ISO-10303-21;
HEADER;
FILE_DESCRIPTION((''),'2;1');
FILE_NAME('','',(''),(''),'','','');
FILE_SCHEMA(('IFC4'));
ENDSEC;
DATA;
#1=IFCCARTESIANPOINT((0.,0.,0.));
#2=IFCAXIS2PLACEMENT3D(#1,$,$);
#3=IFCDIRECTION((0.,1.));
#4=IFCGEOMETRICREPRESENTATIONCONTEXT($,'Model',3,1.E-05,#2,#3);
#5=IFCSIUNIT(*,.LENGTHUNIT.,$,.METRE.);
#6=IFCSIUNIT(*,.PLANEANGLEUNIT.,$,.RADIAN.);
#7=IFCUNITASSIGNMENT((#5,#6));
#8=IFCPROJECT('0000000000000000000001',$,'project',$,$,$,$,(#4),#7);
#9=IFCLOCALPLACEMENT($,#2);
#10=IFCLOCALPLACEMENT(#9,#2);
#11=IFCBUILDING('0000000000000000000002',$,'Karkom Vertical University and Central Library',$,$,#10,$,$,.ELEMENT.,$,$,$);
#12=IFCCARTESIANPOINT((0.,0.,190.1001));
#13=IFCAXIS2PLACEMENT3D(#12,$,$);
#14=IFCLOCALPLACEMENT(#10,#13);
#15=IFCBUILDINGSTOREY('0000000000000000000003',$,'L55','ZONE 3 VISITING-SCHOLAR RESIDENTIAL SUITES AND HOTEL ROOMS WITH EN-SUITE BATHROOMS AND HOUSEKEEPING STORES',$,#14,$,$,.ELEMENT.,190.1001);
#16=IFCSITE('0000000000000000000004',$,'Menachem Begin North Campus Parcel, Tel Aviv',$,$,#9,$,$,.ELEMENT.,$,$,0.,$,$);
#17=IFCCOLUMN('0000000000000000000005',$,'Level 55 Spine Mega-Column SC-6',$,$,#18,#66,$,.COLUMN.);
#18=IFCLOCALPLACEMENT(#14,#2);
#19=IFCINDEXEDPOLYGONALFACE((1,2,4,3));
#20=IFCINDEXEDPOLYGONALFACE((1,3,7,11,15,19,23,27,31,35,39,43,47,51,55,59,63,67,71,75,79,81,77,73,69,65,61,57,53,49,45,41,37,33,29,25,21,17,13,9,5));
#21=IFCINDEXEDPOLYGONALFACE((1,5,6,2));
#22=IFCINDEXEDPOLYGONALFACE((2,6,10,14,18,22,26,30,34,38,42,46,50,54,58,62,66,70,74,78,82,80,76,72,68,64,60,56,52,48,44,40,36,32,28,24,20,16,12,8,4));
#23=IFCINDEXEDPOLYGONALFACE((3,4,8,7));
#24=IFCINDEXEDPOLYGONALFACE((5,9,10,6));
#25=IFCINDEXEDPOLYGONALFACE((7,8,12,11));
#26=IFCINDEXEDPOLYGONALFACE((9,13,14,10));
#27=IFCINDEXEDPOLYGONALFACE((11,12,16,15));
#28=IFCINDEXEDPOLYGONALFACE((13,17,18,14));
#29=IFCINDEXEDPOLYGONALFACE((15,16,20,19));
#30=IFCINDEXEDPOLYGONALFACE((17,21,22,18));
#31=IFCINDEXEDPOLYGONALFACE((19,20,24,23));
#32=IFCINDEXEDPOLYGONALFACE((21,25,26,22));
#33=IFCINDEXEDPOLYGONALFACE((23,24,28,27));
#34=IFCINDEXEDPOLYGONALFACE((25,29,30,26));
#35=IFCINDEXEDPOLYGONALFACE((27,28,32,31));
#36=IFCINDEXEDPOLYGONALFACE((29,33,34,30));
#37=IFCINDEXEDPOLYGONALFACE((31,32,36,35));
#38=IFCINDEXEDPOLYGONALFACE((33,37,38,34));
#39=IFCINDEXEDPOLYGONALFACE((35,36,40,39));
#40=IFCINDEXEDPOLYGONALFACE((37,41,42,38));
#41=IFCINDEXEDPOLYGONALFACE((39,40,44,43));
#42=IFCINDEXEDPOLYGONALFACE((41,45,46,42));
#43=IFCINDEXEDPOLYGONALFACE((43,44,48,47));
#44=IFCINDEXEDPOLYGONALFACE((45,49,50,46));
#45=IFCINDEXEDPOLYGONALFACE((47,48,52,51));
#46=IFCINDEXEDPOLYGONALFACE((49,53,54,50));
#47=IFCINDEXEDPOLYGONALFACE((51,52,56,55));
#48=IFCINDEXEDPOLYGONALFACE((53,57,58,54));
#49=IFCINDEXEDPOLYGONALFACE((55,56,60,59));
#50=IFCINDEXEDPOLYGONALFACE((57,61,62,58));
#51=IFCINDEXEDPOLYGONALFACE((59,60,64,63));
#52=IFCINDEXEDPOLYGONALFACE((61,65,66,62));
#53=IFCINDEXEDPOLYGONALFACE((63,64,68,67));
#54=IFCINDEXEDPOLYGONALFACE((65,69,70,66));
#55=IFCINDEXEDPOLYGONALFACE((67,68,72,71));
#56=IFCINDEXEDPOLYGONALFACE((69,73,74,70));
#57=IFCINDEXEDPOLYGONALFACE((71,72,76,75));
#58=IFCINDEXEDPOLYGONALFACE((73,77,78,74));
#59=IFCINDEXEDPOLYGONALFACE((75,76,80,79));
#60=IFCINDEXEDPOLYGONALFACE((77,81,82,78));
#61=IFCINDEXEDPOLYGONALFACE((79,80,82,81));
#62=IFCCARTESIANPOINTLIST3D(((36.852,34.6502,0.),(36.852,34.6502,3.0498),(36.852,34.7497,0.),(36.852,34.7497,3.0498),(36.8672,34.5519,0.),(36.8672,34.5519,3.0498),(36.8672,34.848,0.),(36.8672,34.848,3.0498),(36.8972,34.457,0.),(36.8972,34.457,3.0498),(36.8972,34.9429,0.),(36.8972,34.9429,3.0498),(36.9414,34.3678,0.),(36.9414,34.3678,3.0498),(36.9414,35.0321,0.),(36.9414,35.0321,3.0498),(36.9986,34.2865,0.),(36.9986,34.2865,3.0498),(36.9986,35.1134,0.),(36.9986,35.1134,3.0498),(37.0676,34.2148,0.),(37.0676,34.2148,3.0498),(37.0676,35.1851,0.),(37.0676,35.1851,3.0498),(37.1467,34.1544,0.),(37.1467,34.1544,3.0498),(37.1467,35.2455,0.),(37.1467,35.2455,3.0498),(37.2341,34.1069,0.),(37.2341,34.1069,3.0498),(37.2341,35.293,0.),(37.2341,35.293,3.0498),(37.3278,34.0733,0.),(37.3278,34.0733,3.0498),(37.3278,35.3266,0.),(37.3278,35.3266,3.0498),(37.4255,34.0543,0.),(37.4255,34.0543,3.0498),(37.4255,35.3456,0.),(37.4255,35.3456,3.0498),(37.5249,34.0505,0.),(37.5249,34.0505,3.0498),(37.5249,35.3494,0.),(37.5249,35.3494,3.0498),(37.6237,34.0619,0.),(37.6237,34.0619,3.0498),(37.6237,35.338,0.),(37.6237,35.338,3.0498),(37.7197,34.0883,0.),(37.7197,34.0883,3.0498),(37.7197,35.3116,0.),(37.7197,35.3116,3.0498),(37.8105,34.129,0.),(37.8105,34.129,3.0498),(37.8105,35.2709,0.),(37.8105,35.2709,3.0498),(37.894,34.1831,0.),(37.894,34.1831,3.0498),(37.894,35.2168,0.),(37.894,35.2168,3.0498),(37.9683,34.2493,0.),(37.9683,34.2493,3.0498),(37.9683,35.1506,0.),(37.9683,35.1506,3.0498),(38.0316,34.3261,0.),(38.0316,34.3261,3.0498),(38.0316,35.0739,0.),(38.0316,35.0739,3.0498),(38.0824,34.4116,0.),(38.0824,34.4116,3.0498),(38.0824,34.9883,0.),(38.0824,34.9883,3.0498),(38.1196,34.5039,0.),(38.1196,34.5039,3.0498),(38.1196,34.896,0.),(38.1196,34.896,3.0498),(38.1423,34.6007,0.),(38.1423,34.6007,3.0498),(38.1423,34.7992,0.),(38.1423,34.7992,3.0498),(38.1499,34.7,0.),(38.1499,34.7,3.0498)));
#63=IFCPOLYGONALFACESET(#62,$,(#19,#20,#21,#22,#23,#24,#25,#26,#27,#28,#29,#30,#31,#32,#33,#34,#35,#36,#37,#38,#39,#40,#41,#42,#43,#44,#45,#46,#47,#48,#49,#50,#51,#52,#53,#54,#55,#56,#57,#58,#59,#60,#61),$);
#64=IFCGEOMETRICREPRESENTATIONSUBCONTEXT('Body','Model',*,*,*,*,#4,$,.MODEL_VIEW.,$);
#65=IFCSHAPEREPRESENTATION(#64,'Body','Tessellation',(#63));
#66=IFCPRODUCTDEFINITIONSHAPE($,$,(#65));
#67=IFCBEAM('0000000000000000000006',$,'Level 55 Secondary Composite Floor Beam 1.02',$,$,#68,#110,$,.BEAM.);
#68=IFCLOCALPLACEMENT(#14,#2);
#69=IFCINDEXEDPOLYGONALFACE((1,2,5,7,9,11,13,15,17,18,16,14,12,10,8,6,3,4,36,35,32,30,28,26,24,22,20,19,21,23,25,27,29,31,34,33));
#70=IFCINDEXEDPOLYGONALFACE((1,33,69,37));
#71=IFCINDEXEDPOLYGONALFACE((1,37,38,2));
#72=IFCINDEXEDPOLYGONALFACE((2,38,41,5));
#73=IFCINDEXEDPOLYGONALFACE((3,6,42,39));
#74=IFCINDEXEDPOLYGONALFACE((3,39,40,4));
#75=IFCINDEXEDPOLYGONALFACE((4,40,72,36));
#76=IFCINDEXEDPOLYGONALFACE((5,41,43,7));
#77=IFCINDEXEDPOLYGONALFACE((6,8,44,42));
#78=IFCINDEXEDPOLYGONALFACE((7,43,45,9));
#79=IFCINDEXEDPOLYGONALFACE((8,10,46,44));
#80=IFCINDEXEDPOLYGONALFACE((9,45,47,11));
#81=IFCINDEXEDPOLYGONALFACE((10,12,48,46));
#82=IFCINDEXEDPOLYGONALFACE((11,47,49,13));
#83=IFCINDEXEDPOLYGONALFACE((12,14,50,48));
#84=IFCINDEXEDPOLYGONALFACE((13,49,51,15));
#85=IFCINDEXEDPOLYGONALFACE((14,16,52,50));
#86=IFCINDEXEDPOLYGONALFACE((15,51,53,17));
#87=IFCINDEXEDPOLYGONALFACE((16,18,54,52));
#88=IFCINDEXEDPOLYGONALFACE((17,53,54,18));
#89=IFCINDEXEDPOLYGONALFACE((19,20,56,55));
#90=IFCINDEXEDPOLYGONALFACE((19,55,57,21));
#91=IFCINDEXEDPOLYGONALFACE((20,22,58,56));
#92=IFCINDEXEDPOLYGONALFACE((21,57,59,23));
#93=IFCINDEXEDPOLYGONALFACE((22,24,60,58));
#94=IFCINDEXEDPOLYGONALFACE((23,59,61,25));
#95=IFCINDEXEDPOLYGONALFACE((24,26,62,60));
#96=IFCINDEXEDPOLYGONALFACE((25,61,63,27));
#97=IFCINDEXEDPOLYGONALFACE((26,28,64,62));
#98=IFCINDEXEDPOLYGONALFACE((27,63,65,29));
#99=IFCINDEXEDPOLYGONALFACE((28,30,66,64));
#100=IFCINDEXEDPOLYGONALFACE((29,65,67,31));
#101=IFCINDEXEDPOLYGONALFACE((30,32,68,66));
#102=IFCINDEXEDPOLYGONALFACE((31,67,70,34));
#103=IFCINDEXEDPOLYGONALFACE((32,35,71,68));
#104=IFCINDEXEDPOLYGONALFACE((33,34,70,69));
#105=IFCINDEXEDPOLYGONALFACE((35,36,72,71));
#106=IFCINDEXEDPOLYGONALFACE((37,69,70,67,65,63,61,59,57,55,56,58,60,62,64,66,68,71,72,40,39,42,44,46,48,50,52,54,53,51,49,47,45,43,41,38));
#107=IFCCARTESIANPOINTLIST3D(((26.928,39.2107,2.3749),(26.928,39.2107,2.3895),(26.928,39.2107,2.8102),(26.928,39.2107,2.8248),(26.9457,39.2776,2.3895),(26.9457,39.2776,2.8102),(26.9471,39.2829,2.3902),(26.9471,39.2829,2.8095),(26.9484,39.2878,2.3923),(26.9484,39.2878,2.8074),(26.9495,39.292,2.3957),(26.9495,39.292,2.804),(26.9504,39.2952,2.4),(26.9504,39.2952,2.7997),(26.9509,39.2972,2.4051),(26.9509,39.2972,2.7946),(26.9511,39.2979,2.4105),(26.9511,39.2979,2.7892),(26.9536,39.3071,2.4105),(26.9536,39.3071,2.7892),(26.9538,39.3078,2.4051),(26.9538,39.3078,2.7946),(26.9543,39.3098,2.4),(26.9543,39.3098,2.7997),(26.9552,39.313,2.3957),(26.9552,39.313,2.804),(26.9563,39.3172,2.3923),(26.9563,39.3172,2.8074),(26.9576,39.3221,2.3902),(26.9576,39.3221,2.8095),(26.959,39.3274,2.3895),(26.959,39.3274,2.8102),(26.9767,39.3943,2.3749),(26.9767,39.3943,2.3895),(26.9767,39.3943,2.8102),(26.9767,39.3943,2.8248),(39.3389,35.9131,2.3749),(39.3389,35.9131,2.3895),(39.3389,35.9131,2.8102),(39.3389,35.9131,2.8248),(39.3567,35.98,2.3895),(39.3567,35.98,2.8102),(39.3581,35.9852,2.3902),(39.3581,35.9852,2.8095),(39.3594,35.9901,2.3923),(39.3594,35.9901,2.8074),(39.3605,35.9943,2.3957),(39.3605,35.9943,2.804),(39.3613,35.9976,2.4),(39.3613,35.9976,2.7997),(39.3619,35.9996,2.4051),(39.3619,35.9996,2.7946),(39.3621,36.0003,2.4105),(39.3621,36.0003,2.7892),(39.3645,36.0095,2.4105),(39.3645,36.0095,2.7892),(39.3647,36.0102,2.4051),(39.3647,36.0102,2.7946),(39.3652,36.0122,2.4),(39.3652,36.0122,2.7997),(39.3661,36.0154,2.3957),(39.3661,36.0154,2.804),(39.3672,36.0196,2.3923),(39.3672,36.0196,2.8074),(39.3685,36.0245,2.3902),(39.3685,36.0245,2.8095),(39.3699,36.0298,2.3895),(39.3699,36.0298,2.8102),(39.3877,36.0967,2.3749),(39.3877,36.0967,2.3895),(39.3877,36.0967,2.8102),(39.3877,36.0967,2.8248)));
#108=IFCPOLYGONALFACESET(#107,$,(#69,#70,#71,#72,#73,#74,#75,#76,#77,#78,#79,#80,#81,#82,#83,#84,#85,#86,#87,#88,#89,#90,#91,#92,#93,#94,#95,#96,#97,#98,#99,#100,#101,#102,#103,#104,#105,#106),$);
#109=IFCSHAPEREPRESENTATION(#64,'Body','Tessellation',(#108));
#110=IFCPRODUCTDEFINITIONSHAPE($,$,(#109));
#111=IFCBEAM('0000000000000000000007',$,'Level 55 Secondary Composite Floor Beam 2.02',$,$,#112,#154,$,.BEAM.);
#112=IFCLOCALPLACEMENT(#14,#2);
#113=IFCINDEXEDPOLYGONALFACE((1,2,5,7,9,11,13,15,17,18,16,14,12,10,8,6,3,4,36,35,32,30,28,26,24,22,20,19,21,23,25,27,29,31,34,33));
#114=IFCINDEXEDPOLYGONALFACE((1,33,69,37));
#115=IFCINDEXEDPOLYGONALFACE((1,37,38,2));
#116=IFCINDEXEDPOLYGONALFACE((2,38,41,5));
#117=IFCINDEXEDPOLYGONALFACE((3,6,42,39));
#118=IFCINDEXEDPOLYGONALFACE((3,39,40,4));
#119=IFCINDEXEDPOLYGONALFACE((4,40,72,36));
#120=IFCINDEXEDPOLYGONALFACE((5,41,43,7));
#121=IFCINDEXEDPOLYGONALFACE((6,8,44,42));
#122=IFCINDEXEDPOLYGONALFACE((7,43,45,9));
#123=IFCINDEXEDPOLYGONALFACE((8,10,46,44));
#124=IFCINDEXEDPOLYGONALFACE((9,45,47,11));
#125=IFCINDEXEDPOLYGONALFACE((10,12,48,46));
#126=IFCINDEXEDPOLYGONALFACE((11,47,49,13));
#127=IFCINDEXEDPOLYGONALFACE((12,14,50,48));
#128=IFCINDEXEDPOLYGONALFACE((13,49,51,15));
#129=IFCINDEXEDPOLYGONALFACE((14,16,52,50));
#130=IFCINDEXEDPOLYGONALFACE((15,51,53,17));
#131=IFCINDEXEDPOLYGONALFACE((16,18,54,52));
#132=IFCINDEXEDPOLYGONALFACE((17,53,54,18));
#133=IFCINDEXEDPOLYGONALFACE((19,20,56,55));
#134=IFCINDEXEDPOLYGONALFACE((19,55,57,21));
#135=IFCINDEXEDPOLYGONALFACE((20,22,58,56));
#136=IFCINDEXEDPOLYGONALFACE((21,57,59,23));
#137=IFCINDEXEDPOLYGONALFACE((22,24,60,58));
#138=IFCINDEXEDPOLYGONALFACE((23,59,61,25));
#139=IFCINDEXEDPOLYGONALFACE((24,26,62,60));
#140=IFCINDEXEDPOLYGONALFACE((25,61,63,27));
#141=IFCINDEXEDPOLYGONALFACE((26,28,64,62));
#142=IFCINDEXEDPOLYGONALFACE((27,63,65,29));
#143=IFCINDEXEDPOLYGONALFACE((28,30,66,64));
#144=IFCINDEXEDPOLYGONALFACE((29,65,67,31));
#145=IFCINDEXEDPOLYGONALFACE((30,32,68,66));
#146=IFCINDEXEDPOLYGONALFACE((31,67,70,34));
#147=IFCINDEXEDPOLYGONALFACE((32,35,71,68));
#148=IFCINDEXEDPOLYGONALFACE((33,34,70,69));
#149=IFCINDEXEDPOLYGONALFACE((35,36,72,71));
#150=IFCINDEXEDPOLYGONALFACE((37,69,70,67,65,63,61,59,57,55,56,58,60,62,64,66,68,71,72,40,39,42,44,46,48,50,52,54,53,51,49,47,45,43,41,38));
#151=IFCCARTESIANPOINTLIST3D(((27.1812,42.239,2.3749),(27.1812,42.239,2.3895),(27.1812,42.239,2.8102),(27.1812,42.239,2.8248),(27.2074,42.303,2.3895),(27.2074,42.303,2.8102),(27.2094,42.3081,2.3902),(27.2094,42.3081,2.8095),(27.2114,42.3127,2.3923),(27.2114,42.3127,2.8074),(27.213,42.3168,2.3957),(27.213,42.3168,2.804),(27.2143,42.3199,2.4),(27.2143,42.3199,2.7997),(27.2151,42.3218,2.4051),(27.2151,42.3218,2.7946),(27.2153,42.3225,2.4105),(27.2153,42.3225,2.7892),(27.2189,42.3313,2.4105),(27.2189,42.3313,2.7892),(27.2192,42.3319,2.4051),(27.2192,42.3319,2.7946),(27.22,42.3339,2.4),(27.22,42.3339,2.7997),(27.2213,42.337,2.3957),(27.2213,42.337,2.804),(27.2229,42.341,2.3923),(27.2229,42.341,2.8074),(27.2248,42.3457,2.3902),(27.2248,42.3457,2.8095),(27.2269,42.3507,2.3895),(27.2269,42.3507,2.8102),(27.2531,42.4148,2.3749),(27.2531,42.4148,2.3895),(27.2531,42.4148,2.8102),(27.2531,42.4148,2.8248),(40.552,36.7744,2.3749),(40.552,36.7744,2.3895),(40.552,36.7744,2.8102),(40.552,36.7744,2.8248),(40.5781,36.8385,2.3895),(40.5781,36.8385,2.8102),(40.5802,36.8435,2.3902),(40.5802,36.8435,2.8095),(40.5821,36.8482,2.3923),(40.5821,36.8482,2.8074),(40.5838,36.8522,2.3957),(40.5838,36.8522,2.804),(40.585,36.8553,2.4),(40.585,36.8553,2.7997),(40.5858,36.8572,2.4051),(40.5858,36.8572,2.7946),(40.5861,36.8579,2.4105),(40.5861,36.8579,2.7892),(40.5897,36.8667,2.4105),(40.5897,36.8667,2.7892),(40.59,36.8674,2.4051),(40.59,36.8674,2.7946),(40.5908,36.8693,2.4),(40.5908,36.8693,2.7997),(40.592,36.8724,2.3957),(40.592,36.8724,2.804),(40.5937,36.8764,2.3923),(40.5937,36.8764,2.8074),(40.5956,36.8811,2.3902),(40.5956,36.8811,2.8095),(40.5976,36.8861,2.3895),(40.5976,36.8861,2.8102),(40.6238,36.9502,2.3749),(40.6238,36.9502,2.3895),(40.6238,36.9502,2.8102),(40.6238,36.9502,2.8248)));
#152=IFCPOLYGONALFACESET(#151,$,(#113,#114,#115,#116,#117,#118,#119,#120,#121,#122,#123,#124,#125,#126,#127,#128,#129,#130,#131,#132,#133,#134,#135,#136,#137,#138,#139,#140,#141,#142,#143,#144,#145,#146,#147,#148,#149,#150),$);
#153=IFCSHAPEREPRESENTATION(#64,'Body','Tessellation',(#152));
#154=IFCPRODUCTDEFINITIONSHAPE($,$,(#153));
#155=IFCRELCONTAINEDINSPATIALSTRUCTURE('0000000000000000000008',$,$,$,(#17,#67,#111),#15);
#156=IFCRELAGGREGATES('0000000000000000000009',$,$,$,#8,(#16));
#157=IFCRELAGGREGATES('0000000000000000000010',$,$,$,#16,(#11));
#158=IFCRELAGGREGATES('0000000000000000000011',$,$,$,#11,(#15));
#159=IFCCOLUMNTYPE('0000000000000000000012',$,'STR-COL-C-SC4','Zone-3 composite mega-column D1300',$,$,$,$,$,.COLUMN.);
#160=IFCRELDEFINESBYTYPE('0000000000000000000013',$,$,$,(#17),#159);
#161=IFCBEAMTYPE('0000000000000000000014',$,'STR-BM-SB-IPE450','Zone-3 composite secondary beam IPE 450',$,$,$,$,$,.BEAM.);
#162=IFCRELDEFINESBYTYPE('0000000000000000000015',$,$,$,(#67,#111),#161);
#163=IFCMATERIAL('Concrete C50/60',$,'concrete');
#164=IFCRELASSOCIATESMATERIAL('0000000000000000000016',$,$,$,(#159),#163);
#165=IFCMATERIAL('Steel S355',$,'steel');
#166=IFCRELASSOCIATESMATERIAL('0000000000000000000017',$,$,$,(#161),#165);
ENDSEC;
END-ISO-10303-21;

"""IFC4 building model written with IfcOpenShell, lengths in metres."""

from ifc_helpers import new_model, si_unit, direction, frame, origin, origin_with_axes, origin_2d, place, context, subcontext, project, spatial, circle, i_section, extrude, source, transform, mapped, material, material_profile, profile_set, type_object, element, save


model = new_model("IFC4")

# Units and contexts
model_context = context("Model", 3, precision=1e-05, world=origin(), true_north=direction((0.0, 1.0)))
body_context = subcontext(model_context, "Body", "Model", "MODEL_VIEW")
ifc_project = project(units=[si_unit("LENGTHUNIT", "METRE"), si_unit("PLANEANGLEUNIT", "RADIAN")], contexts=[model_context])

# Site, building, storey
site_placement = place(None, origin())
site = spatial("IfcSite", under=ifc_project, at=site_placement, Name="Menachem Begin North Campus Parcel, Tel Aviv", CompositionType="ELEMENT", RefElevation=0.0)
building_placement = place(site_placement, origin())
building = spatial("IfcBuilding", under=site, at=building_placement, Name="Karkom Vertical University and Central Library", CompositionType="ELEMENT")
storey_placement = place(building_placement, frame((0.0, 0.0, 190.1001)))
storey = spatial("IfcBuildingStorey", under=building, at=storey_placement, Name="L55", Description="ZONE 3 VISITING-SCHOLAR RESIDENTIAL SUITES AND HOTEL ROOMS WITH EN-SUITE BATHROOMS AND HOUSEKEEPING STORES", CompositionType="ELEMENT", Elevation=190.1001)

# Column
ifc_material_1 = material(Name="Concrete C50/60", Category="concrete")
ifc_material_profile_1 = material_profile(ifc_material_1, circle(Radius=0.6499, at=origin_2d()), Name="CFT-D1300")
ifc_profile_set_1 = profile_set([ifc_material_profile_1], Name="Concrete C50/60")
column_type = type_object("IfcColumnType", Name="STR-COL-C-SC4", Description="Zone-3 composite mega-column D1300", PredefinedType="COLUMN", material=ifc_profile_set_1)
shared_shape_1 = source(origin_with_axes(), body_context, "Body", "SweptSolid", [
    extrude(circle(Radius=0.6499, at=origin_2d()), origin(), (0.0, 0.0, 1.0), 3.0498),
])
column_placement = place(storey_placement, frame((37.5, 34.7, 0.0), z_axis=(0.0, 0.0, 1.0), x_axis=(1.0, 0.0, 0.0)))
element("IfcColumn", 1, at=column_placement, inside=storey, type_object=column_type, Name="Level 55 Spine Mega-Column SC-6", PredefinedType="COLUMN", context=body_context, shape_type="MappedRepresentation", body=[
    mapped(shared_shape_1, transform((0.0, 0.0, 0.0), scale=1.0)),
])

# Beams
ifc_material_2 = material(Name="Steel S355", Category="steel")
ifc_material_profile_2 = material_profile(ifc_material_2, i_section(OverallWidth=0.1899, OverallDepth=0.45, WebThickness=0.0095, FlangeThickness=0.0146, FilletRadius=0.021, at=origin_2d()), Name="IPE 450")
ifc_profile_set_2 = profile_set([ifc_material_profile_2], Name="Steel S355")
beam_type_1 = type_object("IfcBeamType", Name="STR-BM-SB-IPE450", Description="Zone-3 composite secondary beam IPE 450", PredefinedType="BEAM", material=ifc_profile_set_2)
shared_shape_2 = source(origin_with_axes(), body_context, "Body", "SweptSolid", [
    extrude(i_section(OverallWidth=0.1899, OverallDepth=0.45, WebThickness=0.0095, FlangeThickness=0.0146, FilletRadius=0.021, at=origin_2d()), origin(), (0.0, 0.0, 1.0), 12.8416),
])
beam_1_placement = place(storey_placement, frame((39.3633, 36.0049, 2.5999), z_axis=(-0.966466, 0.256793, 0.0), x_axis=(-0.256793, -0.966466, 0.0)))
element("IfcBeam", 2, at=beam_1_placement, inside=storey, type_object=beam_type_1, Name="Level 55 Secondary Composite Floor Beam 1.02", PredefinedType="BEAM", context=body_context, shape_type="MappedRepresentation", body=[
    mapped(shared_shape_2, transform((0.0, 0.0, 0.0), scale=1.0)),
])
shared_shape_3 = source(origin_with_axes(), body_context, "Body", "SweptSolid", [
    extrude(i_section(OverallWidth=0.1899, OverallDepth=0.45, WebThickness=0.0095, FlangeThickness=0.0146, FilletRadius=0.021, at=origin_2d()), origin(), (0.0, 0.0, 1.0), 14.4443),
])
beam_2_placement = place(storey_placement, frame((40.5879, 36.8623, 2.5999), z_axis=(-0.925675, 0.378319, 0.0), x_axis=(-0.378319, -0.925675, 0.0)))
element("IfcBeam", 3, at=beam_2_placement, inside=storey, type_object=beam_type_1, Name="Level 55 Secondary Composite Floor Beam 2.02", PredefinedType="BEAM", context=body_context, shape_type="MappedRepresentation", body=[
    mapped(shared_shape_3, transform((0.0, 0.0, 0.0), scale=1.0)),
])

save(model, "model.ifc")
